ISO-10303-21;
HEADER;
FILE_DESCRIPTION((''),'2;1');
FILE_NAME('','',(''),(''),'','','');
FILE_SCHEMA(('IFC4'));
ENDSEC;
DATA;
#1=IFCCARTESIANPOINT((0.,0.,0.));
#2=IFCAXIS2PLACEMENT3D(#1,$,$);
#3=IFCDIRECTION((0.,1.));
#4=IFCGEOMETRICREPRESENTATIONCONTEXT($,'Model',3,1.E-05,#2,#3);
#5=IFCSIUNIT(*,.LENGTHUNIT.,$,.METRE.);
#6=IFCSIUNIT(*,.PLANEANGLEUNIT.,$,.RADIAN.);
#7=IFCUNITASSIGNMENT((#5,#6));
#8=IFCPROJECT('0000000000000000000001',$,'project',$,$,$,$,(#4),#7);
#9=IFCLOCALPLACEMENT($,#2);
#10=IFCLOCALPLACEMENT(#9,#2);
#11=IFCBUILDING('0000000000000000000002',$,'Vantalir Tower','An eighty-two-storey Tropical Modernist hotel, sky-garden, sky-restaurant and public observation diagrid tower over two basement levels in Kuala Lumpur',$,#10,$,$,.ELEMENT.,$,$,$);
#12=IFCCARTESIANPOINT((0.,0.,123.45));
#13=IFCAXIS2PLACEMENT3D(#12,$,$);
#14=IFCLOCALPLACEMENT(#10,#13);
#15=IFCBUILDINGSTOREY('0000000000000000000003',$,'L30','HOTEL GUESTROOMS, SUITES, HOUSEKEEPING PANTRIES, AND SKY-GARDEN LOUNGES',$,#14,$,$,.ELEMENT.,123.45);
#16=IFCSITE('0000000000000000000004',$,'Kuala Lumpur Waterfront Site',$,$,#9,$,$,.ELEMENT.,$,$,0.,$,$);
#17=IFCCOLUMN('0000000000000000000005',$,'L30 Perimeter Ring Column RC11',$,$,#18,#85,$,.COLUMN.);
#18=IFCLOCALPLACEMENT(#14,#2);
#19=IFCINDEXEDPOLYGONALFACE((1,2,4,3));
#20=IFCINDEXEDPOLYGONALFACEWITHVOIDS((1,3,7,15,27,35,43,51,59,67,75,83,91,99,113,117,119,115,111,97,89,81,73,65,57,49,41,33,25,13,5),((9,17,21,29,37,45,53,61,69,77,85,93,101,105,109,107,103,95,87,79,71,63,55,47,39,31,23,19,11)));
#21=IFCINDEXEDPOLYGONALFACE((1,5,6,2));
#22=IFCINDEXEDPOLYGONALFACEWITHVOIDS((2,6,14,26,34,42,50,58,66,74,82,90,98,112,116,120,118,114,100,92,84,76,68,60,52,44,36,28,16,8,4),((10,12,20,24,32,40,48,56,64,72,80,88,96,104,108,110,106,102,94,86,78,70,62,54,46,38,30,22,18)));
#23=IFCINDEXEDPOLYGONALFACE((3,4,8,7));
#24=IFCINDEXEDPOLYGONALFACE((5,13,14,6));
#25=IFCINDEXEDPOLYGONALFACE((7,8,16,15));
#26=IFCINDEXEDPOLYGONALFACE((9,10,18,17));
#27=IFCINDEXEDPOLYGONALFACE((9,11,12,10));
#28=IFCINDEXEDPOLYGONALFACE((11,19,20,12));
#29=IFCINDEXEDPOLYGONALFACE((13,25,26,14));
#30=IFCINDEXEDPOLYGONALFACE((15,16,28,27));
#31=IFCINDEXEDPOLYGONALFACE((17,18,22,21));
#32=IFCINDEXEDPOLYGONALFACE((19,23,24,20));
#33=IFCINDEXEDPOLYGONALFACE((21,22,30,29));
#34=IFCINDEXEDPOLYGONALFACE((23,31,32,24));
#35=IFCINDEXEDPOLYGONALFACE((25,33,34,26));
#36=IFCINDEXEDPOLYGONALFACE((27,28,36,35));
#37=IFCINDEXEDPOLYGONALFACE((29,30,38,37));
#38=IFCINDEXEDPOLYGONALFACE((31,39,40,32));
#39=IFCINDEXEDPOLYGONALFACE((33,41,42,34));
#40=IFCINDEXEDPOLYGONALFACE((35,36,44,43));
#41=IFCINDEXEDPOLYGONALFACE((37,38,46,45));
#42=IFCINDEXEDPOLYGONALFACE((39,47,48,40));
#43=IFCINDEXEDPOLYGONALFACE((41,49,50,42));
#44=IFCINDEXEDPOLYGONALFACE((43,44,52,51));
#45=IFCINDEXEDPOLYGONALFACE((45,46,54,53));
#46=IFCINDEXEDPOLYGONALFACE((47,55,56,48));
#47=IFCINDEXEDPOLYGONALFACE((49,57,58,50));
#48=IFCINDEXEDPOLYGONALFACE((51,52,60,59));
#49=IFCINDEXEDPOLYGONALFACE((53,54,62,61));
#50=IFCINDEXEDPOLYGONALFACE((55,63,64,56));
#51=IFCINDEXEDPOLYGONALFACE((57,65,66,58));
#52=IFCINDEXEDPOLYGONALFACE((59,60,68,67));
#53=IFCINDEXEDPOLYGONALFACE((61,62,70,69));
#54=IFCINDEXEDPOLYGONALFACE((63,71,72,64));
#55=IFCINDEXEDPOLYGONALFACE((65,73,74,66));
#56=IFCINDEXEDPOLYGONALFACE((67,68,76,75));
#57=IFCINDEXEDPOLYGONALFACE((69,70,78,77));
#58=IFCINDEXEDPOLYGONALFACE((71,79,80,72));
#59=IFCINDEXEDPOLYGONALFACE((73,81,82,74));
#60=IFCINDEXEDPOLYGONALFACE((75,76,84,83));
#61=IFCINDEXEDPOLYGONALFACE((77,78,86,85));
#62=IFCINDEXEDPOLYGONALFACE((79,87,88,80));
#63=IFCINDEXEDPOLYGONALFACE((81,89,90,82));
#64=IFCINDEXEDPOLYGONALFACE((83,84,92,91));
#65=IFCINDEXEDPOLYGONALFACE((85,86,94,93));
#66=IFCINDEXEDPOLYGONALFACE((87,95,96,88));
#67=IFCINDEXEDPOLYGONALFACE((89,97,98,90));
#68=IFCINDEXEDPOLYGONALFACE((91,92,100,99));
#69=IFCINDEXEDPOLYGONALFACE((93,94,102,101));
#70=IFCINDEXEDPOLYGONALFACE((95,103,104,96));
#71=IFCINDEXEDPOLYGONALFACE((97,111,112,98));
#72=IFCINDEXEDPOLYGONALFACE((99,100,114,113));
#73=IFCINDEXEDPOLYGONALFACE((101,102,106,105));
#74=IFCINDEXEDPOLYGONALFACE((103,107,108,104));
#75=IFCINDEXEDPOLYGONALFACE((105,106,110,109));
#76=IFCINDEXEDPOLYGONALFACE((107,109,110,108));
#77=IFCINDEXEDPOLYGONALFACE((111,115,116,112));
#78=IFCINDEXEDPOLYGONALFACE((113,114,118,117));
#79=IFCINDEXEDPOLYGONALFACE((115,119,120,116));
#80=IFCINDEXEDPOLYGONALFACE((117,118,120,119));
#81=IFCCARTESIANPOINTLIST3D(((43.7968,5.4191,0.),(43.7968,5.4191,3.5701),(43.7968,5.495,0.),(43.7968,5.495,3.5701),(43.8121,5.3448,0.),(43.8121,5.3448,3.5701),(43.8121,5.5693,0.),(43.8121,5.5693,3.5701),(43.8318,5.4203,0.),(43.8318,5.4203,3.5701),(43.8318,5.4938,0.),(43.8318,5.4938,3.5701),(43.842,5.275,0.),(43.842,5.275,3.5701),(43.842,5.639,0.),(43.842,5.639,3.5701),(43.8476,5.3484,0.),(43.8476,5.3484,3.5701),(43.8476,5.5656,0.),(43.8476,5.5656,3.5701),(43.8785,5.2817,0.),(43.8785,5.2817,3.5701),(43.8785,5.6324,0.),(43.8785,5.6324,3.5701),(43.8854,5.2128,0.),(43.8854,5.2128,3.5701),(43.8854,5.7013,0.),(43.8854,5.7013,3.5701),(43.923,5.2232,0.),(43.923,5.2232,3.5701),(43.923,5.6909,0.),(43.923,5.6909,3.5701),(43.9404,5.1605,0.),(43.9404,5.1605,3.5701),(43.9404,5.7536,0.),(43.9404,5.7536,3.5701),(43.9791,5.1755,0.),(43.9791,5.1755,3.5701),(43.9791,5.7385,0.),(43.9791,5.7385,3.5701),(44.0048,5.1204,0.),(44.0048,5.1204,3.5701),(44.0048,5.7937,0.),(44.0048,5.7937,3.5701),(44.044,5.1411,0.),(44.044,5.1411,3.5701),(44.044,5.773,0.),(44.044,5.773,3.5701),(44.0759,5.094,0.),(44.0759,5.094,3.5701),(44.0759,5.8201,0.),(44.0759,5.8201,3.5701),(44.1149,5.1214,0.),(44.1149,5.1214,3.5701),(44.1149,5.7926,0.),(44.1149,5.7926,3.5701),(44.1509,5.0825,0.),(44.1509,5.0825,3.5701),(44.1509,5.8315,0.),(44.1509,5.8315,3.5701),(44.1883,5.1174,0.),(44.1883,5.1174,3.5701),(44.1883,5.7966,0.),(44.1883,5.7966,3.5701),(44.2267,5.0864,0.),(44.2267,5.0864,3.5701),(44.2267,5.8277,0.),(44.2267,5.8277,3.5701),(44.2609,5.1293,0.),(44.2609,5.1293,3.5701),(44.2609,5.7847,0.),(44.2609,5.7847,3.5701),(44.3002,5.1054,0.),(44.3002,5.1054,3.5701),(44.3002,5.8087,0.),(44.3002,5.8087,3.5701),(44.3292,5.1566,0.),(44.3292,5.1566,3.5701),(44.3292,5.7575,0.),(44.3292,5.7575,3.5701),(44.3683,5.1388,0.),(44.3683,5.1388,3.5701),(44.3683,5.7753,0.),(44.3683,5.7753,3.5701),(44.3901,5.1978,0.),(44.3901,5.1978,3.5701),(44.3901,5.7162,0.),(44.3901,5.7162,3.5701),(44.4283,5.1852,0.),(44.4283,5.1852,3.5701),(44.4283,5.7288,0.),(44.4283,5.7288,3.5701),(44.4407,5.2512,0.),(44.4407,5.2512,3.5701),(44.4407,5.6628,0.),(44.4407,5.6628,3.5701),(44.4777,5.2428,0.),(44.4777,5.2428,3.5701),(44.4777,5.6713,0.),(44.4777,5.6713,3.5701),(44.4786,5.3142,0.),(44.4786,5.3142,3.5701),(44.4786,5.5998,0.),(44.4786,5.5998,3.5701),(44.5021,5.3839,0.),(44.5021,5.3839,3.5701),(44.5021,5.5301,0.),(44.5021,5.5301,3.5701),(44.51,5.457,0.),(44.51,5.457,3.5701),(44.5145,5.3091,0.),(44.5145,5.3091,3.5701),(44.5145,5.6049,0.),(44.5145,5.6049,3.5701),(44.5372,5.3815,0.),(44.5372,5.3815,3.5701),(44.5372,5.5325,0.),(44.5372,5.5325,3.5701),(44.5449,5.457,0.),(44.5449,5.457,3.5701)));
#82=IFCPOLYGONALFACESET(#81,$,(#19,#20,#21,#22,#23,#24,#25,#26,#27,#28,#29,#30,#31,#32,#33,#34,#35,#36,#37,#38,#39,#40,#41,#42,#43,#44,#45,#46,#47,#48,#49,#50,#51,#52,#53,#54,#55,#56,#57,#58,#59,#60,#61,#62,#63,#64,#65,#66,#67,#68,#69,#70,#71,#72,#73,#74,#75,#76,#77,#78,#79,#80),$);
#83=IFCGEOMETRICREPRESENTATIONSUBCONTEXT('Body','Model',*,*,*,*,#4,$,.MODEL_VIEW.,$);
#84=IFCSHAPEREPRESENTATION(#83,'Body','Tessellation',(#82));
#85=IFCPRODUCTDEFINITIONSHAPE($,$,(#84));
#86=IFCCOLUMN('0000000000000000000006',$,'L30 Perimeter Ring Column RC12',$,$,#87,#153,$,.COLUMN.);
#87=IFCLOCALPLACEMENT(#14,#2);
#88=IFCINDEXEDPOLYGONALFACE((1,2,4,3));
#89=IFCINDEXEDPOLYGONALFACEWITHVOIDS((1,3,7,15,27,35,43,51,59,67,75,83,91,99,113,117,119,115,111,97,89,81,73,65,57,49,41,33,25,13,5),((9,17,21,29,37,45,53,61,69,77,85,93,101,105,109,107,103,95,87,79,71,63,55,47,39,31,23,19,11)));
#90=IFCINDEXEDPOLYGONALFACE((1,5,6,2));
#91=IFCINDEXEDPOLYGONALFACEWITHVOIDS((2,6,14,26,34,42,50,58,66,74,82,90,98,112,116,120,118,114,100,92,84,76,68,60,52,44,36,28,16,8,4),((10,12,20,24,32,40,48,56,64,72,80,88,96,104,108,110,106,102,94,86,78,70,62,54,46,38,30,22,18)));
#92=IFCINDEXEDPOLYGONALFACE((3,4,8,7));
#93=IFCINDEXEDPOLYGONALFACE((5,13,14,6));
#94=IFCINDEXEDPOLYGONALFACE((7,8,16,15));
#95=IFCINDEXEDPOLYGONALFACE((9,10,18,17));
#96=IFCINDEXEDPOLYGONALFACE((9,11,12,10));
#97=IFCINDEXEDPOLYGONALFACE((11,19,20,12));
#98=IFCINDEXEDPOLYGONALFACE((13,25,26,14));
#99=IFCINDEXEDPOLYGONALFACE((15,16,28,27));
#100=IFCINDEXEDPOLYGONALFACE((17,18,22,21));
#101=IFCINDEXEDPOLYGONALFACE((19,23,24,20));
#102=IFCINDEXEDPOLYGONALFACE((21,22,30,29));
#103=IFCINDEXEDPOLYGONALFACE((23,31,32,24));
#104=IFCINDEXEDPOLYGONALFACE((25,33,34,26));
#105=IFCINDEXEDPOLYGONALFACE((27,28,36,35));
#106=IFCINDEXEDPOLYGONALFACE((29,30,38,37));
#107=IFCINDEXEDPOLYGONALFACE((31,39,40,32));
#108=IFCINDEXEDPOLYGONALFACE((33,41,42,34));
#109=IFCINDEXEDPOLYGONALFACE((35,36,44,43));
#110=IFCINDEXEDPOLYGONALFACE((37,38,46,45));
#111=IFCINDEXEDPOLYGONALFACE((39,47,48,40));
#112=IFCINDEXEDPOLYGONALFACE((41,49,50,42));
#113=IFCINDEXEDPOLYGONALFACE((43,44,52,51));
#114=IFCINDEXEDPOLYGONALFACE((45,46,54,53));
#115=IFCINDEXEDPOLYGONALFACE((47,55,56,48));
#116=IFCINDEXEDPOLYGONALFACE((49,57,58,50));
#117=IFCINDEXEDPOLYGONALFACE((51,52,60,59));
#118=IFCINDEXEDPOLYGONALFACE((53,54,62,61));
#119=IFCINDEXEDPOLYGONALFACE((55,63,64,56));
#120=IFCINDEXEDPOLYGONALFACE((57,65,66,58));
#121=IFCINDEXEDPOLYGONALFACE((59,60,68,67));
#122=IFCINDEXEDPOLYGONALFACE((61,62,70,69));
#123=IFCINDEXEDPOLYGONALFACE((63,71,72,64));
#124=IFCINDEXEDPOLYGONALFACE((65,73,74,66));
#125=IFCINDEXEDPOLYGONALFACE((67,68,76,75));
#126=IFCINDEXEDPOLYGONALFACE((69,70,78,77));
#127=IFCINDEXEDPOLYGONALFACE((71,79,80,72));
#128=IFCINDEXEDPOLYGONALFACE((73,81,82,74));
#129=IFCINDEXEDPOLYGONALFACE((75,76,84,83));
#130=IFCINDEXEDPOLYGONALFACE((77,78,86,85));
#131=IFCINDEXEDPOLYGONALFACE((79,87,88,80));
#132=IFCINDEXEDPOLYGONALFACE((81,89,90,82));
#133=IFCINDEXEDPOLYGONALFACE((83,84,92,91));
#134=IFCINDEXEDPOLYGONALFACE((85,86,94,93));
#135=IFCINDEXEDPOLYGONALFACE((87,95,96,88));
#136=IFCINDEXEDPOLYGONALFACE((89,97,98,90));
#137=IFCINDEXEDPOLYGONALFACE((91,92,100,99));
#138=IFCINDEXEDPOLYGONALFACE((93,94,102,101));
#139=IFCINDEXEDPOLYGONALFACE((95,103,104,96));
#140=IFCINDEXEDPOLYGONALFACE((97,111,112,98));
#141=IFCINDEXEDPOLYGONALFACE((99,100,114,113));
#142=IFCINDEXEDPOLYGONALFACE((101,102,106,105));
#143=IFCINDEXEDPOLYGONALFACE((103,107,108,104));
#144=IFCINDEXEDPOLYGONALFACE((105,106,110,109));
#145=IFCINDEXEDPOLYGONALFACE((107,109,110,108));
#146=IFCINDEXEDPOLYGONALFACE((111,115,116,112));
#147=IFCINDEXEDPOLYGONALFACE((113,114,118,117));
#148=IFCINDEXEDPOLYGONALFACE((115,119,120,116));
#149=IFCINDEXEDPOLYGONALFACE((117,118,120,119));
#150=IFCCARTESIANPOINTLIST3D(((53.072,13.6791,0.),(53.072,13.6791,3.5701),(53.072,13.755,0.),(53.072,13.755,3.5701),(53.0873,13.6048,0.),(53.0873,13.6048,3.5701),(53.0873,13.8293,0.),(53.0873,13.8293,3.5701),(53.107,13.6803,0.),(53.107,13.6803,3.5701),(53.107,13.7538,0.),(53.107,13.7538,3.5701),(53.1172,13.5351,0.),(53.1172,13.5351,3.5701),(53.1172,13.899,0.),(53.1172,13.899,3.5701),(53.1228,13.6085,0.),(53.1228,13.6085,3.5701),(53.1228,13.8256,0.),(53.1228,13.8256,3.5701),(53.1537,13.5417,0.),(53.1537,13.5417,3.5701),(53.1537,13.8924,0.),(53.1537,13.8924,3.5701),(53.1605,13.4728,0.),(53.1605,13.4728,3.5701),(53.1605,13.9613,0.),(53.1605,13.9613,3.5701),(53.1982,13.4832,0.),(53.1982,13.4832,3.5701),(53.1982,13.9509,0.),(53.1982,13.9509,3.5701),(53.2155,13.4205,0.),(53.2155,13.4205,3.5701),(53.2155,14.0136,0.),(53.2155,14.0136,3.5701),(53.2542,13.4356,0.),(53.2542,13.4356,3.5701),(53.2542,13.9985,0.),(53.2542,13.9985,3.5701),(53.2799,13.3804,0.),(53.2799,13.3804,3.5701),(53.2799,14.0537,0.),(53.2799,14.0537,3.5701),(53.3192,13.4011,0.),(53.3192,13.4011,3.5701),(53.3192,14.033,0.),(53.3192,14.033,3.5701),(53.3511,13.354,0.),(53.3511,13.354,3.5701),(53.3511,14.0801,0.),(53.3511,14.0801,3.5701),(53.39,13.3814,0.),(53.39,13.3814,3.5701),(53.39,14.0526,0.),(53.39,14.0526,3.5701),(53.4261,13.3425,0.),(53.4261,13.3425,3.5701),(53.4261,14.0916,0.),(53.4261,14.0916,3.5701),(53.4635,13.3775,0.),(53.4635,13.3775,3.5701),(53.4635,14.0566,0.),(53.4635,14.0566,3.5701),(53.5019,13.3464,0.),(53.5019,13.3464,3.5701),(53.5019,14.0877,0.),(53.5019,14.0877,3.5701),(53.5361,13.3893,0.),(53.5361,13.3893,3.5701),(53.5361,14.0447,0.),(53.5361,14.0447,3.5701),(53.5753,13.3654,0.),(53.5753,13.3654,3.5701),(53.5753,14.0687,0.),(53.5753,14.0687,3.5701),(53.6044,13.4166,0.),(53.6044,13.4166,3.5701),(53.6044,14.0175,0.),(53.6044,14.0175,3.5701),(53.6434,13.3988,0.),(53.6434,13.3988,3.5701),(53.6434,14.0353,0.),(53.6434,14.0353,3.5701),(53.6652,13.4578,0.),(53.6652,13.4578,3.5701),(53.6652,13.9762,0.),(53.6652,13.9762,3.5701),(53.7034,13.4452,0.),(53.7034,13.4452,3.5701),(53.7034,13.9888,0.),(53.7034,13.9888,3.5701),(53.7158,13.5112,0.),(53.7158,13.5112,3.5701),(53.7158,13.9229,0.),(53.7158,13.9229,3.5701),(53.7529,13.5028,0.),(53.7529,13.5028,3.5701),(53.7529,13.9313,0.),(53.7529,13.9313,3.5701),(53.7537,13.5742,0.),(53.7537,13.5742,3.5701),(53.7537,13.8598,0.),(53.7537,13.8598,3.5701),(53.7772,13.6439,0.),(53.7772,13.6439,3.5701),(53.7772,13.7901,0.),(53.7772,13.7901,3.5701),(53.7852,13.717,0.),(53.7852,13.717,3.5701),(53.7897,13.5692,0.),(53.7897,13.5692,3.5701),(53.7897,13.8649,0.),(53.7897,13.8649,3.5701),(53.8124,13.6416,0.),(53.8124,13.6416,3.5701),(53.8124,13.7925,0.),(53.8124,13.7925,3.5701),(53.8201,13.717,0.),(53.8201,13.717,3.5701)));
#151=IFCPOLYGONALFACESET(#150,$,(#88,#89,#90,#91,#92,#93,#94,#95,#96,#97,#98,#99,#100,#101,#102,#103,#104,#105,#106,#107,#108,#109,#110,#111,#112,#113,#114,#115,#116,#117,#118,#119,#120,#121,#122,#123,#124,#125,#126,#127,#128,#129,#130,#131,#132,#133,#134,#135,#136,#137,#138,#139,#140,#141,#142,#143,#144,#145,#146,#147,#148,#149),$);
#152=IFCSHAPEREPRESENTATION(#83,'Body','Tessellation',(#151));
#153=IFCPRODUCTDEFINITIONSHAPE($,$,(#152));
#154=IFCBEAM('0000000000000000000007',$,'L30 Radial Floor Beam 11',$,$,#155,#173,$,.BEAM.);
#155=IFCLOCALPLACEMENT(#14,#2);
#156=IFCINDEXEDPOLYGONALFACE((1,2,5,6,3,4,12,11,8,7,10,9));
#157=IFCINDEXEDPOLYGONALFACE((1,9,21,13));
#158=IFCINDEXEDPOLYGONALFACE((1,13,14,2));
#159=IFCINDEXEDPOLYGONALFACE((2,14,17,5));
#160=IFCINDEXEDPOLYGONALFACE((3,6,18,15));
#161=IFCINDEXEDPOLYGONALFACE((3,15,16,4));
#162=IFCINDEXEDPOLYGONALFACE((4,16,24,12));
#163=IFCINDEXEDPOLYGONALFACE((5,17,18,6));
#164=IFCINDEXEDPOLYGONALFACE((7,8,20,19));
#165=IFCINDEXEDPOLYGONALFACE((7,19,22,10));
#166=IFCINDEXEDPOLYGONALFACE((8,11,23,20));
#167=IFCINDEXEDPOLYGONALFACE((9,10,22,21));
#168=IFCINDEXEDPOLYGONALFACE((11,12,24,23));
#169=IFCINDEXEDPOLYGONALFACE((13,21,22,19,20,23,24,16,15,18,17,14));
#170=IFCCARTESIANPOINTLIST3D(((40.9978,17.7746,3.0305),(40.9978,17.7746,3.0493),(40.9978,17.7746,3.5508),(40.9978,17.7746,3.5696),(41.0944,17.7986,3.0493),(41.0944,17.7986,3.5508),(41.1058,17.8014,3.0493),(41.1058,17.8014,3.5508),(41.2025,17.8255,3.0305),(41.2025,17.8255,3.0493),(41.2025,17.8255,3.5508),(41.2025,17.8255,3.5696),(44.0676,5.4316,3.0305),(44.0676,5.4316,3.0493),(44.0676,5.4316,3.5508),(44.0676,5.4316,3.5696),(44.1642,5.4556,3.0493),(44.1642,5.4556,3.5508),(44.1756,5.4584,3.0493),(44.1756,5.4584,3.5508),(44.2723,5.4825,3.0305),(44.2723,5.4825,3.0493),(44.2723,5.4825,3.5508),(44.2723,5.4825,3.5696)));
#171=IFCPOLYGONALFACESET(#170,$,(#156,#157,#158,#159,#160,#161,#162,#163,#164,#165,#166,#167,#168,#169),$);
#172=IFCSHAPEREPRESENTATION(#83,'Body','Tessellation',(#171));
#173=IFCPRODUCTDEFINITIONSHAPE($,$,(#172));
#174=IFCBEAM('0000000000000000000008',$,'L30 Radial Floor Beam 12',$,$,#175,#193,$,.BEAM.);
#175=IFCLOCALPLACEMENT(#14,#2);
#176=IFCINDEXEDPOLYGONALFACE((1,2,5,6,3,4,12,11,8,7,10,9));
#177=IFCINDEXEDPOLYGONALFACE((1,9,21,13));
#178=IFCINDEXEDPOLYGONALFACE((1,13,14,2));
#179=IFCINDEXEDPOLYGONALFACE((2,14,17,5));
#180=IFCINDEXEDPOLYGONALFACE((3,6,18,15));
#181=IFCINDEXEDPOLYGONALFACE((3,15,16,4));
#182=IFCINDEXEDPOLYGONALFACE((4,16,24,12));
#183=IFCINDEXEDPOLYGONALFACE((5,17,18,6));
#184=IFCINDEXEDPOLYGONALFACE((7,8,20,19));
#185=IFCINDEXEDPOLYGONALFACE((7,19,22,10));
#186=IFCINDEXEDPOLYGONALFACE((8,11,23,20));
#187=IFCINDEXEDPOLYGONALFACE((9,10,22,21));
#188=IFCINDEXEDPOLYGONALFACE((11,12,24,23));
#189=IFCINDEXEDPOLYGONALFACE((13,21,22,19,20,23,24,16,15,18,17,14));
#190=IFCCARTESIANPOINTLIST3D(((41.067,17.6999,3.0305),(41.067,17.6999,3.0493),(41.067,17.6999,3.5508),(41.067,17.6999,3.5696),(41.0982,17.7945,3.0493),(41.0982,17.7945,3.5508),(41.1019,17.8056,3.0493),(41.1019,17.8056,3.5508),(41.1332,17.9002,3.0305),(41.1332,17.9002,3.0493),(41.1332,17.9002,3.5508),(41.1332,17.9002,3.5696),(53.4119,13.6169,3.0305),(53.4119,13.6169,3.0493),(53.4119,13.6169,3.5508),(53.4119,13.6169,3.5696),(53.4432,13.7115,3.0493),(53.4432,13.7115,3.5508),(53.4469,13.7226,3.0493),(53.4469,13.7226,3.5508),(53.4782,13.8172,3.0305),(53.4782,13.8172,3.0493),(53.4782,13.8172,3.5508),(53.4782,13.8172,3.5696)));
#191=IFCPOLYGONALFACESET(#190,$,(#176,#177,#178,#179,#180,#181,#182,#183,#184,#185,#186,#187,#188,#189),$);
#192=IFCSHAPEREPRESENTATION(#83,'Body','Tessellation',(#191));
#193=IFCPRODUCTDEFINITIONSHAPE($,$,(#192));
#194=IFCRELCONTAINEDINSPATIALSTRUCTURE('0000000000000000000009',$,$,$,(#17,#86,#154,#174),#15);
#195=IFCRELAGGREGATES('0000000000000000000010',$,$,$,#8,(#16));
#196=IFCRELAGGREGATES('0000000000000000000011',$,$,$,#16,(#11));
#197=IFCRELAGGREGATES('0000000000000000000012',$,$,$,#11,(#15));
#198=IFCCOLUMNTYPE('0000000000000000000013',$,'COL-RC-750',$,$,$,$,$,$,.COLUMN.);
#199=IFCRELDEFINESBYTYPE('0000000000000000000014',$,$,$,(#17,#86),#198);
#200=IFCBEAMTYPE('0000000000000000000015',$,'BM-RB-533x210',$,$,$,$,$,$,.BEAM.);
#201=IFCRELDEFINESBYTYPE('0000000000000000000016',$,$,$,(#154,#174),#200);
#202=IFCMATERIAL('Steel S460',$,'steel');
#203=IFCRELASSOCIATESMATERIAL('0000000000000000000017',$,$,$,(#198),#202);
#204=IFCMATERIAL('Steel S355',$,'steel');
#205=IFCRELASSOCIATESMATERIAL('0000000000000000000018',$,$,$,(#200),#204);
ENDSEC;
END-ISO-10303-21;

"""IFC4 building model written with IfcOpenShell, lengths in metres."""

from ifc_helpers import new_model, si_unit, direction, frame, origin, origin_2d, place, context, subcontext, project, spatial, hollow_circle, i_section, extrude, material, material_profile, profile_set, type_object, element, save


model = new_model("IFC4")

# Units and contexts
model_context = context("Model", 3, precision=1e-05, world=origin(), true_north=direction((0.0, 1.0)))
body_context = subcontext(model_context, "Body", "Model", "MODEL_VIEW")
ifc_project = project(units=[si_unit("LENGTHUNIT", "METRE"), si_unit("PLANEANGLEUNIT", "RADIAN")], contexts=[model_context])

# Site, building, storey
site_placement = place(None, origin())
site = spatial("IfcSite", under=ifc_project, at=site_placement, Name="Kuala Lumpur Waterfront Site", CompositionType="ELEMENT", RefElevation=0.0)
building_placement = place(site_placement, origin())
building = spatial("IfcBuilding", under=site, at=building_placement, Name="Vantalir Tower", Description="An eighty-two-storey Tropical Modernist hotel, sky-garden, sky-restaurant and public observation diagrid tower over two basement levels in Kuala Lumpur", CompositionType="ELEMENT")
storey_placement = place(building_placement, frame((0.0, 0.0, 123.45)))
storey = spatial("IfcBuildingStorey", under=building, at=storey_placement, Name="L30", Description="HOTEL GUESTROOMS, SUITES, HOUSEKEEPING PANTRIES, AND SKY-GARDEN LOUNGES", CompositionType="ELEMENT", Elevation=123.45)

# Columns
ifc_material_1 = material(Name="Steel S460", Category="steel")
ifc_material_profile_1 = material_profile(ifc_material_1, hollow_circle(Radius=0.375, WallThickness=0.0349, at=origin_2d()), Name="Steel S460")
ifc_profile_set_1 = profile_set([ifc_material_profile_1], Name="Steel S460")
column_type = type_object("IfcColumnType", Name="COL-RC-750", PredefinedType="COLUMN", material=ifc_profile_set_1)
for number, where, z_axis, x_axis, name in (
    (1, (44.1699, 5.457, 0.0), (0.0, 0.0, 1.0), (1.0, 0.0, 0.0), "L30 Perimeter Ring Column RC11"),
    (2, (53.4451, 13.717, 0.0), (0.0, 0.0, 1.0), (1.0, 0.0, 0.0), "L30 Perimeter Ring Column RC12"),
):
    element("IfcColumn", number, at=place(storey_placement, frame(where, z_axis=z_axis, x_axis=x_axis)), inside=storey, type_object=column_type, Name=name, PredefinedType="COLUMN", context=body_context, shape_type="SweptSolid", body=[
        extrude(hollow_circle(Radius=0.375, WallThickness=0.0349, at=origin_2d()), origin(), (0.0, 0.0, 1.0), 3.5701),
    ])

# Beams
ifc_material_2 = material(Name="Steel S355", Category="steel")
ifc_material_profile_2 = material_profile(ifc_material_2, i_section(OverallWidth=0.2109, OverallDepth=0.5391, WebThickness=0.0117, FlangeThickness=0.0188, at=origin_2d()), Name="Steel S355")
ifc_profile_set_2 = profile_set([ifc_material_profile_2], Name="Steel S355")
beam_type_1 = type_object("IfcBeamType", Name="BM-RB-533x210", PredefinedType="BEAM", material=ifc_profile_set_2)
beam_1_placement = place(storey_placement, frame((44.1699, 5.457, 3.3), z_axis=(-0.241357, 0.970436, 0.0), x_axis=(-0.970436, -0.241357, 0.0)))
element("IfcBeam", 3, at=beam_1_placement, inside=storey, type_object=beam_type_1, Name="L30 Radial Floor Beam 11", PredefinedType="BEAM", context=body_context, shape_type="SweptSolid", body=[
    extrude(i_section(OverallWidth=0.2109, OverallDepth=0.5391, WebThickness=0.0117, FlangeThickness=0.0188, at=origin_2d()), origin(), (0.0, 0.0, 1.0), 12.719),
])
beam_2_placement = place(storey_placement, frame((53.4451, 13.717, 3.3), z_axis=(-0.949419, 0.314013, 0.0), x_axis=(-0.314013, -0.949419, 0.0)))
element("IfcBeam", 4, at=beam_2_placement, inside=storey, type_object=beam_type_1, Name="L30 Radial Floor Beam 12", PredefinedType="BEAM", context=body_context, shape_type="SweptSolid", body=[
    extrude(i_section(OverallWidth=0.2109, OverallDepth=0.5391, WebThickness=0.0117, FlangeThickness=0.0188, at=origin_2d()), origin(), (0.0, 0.0, 1.0), 13.0027),
])

save(model, "model.ifc")
